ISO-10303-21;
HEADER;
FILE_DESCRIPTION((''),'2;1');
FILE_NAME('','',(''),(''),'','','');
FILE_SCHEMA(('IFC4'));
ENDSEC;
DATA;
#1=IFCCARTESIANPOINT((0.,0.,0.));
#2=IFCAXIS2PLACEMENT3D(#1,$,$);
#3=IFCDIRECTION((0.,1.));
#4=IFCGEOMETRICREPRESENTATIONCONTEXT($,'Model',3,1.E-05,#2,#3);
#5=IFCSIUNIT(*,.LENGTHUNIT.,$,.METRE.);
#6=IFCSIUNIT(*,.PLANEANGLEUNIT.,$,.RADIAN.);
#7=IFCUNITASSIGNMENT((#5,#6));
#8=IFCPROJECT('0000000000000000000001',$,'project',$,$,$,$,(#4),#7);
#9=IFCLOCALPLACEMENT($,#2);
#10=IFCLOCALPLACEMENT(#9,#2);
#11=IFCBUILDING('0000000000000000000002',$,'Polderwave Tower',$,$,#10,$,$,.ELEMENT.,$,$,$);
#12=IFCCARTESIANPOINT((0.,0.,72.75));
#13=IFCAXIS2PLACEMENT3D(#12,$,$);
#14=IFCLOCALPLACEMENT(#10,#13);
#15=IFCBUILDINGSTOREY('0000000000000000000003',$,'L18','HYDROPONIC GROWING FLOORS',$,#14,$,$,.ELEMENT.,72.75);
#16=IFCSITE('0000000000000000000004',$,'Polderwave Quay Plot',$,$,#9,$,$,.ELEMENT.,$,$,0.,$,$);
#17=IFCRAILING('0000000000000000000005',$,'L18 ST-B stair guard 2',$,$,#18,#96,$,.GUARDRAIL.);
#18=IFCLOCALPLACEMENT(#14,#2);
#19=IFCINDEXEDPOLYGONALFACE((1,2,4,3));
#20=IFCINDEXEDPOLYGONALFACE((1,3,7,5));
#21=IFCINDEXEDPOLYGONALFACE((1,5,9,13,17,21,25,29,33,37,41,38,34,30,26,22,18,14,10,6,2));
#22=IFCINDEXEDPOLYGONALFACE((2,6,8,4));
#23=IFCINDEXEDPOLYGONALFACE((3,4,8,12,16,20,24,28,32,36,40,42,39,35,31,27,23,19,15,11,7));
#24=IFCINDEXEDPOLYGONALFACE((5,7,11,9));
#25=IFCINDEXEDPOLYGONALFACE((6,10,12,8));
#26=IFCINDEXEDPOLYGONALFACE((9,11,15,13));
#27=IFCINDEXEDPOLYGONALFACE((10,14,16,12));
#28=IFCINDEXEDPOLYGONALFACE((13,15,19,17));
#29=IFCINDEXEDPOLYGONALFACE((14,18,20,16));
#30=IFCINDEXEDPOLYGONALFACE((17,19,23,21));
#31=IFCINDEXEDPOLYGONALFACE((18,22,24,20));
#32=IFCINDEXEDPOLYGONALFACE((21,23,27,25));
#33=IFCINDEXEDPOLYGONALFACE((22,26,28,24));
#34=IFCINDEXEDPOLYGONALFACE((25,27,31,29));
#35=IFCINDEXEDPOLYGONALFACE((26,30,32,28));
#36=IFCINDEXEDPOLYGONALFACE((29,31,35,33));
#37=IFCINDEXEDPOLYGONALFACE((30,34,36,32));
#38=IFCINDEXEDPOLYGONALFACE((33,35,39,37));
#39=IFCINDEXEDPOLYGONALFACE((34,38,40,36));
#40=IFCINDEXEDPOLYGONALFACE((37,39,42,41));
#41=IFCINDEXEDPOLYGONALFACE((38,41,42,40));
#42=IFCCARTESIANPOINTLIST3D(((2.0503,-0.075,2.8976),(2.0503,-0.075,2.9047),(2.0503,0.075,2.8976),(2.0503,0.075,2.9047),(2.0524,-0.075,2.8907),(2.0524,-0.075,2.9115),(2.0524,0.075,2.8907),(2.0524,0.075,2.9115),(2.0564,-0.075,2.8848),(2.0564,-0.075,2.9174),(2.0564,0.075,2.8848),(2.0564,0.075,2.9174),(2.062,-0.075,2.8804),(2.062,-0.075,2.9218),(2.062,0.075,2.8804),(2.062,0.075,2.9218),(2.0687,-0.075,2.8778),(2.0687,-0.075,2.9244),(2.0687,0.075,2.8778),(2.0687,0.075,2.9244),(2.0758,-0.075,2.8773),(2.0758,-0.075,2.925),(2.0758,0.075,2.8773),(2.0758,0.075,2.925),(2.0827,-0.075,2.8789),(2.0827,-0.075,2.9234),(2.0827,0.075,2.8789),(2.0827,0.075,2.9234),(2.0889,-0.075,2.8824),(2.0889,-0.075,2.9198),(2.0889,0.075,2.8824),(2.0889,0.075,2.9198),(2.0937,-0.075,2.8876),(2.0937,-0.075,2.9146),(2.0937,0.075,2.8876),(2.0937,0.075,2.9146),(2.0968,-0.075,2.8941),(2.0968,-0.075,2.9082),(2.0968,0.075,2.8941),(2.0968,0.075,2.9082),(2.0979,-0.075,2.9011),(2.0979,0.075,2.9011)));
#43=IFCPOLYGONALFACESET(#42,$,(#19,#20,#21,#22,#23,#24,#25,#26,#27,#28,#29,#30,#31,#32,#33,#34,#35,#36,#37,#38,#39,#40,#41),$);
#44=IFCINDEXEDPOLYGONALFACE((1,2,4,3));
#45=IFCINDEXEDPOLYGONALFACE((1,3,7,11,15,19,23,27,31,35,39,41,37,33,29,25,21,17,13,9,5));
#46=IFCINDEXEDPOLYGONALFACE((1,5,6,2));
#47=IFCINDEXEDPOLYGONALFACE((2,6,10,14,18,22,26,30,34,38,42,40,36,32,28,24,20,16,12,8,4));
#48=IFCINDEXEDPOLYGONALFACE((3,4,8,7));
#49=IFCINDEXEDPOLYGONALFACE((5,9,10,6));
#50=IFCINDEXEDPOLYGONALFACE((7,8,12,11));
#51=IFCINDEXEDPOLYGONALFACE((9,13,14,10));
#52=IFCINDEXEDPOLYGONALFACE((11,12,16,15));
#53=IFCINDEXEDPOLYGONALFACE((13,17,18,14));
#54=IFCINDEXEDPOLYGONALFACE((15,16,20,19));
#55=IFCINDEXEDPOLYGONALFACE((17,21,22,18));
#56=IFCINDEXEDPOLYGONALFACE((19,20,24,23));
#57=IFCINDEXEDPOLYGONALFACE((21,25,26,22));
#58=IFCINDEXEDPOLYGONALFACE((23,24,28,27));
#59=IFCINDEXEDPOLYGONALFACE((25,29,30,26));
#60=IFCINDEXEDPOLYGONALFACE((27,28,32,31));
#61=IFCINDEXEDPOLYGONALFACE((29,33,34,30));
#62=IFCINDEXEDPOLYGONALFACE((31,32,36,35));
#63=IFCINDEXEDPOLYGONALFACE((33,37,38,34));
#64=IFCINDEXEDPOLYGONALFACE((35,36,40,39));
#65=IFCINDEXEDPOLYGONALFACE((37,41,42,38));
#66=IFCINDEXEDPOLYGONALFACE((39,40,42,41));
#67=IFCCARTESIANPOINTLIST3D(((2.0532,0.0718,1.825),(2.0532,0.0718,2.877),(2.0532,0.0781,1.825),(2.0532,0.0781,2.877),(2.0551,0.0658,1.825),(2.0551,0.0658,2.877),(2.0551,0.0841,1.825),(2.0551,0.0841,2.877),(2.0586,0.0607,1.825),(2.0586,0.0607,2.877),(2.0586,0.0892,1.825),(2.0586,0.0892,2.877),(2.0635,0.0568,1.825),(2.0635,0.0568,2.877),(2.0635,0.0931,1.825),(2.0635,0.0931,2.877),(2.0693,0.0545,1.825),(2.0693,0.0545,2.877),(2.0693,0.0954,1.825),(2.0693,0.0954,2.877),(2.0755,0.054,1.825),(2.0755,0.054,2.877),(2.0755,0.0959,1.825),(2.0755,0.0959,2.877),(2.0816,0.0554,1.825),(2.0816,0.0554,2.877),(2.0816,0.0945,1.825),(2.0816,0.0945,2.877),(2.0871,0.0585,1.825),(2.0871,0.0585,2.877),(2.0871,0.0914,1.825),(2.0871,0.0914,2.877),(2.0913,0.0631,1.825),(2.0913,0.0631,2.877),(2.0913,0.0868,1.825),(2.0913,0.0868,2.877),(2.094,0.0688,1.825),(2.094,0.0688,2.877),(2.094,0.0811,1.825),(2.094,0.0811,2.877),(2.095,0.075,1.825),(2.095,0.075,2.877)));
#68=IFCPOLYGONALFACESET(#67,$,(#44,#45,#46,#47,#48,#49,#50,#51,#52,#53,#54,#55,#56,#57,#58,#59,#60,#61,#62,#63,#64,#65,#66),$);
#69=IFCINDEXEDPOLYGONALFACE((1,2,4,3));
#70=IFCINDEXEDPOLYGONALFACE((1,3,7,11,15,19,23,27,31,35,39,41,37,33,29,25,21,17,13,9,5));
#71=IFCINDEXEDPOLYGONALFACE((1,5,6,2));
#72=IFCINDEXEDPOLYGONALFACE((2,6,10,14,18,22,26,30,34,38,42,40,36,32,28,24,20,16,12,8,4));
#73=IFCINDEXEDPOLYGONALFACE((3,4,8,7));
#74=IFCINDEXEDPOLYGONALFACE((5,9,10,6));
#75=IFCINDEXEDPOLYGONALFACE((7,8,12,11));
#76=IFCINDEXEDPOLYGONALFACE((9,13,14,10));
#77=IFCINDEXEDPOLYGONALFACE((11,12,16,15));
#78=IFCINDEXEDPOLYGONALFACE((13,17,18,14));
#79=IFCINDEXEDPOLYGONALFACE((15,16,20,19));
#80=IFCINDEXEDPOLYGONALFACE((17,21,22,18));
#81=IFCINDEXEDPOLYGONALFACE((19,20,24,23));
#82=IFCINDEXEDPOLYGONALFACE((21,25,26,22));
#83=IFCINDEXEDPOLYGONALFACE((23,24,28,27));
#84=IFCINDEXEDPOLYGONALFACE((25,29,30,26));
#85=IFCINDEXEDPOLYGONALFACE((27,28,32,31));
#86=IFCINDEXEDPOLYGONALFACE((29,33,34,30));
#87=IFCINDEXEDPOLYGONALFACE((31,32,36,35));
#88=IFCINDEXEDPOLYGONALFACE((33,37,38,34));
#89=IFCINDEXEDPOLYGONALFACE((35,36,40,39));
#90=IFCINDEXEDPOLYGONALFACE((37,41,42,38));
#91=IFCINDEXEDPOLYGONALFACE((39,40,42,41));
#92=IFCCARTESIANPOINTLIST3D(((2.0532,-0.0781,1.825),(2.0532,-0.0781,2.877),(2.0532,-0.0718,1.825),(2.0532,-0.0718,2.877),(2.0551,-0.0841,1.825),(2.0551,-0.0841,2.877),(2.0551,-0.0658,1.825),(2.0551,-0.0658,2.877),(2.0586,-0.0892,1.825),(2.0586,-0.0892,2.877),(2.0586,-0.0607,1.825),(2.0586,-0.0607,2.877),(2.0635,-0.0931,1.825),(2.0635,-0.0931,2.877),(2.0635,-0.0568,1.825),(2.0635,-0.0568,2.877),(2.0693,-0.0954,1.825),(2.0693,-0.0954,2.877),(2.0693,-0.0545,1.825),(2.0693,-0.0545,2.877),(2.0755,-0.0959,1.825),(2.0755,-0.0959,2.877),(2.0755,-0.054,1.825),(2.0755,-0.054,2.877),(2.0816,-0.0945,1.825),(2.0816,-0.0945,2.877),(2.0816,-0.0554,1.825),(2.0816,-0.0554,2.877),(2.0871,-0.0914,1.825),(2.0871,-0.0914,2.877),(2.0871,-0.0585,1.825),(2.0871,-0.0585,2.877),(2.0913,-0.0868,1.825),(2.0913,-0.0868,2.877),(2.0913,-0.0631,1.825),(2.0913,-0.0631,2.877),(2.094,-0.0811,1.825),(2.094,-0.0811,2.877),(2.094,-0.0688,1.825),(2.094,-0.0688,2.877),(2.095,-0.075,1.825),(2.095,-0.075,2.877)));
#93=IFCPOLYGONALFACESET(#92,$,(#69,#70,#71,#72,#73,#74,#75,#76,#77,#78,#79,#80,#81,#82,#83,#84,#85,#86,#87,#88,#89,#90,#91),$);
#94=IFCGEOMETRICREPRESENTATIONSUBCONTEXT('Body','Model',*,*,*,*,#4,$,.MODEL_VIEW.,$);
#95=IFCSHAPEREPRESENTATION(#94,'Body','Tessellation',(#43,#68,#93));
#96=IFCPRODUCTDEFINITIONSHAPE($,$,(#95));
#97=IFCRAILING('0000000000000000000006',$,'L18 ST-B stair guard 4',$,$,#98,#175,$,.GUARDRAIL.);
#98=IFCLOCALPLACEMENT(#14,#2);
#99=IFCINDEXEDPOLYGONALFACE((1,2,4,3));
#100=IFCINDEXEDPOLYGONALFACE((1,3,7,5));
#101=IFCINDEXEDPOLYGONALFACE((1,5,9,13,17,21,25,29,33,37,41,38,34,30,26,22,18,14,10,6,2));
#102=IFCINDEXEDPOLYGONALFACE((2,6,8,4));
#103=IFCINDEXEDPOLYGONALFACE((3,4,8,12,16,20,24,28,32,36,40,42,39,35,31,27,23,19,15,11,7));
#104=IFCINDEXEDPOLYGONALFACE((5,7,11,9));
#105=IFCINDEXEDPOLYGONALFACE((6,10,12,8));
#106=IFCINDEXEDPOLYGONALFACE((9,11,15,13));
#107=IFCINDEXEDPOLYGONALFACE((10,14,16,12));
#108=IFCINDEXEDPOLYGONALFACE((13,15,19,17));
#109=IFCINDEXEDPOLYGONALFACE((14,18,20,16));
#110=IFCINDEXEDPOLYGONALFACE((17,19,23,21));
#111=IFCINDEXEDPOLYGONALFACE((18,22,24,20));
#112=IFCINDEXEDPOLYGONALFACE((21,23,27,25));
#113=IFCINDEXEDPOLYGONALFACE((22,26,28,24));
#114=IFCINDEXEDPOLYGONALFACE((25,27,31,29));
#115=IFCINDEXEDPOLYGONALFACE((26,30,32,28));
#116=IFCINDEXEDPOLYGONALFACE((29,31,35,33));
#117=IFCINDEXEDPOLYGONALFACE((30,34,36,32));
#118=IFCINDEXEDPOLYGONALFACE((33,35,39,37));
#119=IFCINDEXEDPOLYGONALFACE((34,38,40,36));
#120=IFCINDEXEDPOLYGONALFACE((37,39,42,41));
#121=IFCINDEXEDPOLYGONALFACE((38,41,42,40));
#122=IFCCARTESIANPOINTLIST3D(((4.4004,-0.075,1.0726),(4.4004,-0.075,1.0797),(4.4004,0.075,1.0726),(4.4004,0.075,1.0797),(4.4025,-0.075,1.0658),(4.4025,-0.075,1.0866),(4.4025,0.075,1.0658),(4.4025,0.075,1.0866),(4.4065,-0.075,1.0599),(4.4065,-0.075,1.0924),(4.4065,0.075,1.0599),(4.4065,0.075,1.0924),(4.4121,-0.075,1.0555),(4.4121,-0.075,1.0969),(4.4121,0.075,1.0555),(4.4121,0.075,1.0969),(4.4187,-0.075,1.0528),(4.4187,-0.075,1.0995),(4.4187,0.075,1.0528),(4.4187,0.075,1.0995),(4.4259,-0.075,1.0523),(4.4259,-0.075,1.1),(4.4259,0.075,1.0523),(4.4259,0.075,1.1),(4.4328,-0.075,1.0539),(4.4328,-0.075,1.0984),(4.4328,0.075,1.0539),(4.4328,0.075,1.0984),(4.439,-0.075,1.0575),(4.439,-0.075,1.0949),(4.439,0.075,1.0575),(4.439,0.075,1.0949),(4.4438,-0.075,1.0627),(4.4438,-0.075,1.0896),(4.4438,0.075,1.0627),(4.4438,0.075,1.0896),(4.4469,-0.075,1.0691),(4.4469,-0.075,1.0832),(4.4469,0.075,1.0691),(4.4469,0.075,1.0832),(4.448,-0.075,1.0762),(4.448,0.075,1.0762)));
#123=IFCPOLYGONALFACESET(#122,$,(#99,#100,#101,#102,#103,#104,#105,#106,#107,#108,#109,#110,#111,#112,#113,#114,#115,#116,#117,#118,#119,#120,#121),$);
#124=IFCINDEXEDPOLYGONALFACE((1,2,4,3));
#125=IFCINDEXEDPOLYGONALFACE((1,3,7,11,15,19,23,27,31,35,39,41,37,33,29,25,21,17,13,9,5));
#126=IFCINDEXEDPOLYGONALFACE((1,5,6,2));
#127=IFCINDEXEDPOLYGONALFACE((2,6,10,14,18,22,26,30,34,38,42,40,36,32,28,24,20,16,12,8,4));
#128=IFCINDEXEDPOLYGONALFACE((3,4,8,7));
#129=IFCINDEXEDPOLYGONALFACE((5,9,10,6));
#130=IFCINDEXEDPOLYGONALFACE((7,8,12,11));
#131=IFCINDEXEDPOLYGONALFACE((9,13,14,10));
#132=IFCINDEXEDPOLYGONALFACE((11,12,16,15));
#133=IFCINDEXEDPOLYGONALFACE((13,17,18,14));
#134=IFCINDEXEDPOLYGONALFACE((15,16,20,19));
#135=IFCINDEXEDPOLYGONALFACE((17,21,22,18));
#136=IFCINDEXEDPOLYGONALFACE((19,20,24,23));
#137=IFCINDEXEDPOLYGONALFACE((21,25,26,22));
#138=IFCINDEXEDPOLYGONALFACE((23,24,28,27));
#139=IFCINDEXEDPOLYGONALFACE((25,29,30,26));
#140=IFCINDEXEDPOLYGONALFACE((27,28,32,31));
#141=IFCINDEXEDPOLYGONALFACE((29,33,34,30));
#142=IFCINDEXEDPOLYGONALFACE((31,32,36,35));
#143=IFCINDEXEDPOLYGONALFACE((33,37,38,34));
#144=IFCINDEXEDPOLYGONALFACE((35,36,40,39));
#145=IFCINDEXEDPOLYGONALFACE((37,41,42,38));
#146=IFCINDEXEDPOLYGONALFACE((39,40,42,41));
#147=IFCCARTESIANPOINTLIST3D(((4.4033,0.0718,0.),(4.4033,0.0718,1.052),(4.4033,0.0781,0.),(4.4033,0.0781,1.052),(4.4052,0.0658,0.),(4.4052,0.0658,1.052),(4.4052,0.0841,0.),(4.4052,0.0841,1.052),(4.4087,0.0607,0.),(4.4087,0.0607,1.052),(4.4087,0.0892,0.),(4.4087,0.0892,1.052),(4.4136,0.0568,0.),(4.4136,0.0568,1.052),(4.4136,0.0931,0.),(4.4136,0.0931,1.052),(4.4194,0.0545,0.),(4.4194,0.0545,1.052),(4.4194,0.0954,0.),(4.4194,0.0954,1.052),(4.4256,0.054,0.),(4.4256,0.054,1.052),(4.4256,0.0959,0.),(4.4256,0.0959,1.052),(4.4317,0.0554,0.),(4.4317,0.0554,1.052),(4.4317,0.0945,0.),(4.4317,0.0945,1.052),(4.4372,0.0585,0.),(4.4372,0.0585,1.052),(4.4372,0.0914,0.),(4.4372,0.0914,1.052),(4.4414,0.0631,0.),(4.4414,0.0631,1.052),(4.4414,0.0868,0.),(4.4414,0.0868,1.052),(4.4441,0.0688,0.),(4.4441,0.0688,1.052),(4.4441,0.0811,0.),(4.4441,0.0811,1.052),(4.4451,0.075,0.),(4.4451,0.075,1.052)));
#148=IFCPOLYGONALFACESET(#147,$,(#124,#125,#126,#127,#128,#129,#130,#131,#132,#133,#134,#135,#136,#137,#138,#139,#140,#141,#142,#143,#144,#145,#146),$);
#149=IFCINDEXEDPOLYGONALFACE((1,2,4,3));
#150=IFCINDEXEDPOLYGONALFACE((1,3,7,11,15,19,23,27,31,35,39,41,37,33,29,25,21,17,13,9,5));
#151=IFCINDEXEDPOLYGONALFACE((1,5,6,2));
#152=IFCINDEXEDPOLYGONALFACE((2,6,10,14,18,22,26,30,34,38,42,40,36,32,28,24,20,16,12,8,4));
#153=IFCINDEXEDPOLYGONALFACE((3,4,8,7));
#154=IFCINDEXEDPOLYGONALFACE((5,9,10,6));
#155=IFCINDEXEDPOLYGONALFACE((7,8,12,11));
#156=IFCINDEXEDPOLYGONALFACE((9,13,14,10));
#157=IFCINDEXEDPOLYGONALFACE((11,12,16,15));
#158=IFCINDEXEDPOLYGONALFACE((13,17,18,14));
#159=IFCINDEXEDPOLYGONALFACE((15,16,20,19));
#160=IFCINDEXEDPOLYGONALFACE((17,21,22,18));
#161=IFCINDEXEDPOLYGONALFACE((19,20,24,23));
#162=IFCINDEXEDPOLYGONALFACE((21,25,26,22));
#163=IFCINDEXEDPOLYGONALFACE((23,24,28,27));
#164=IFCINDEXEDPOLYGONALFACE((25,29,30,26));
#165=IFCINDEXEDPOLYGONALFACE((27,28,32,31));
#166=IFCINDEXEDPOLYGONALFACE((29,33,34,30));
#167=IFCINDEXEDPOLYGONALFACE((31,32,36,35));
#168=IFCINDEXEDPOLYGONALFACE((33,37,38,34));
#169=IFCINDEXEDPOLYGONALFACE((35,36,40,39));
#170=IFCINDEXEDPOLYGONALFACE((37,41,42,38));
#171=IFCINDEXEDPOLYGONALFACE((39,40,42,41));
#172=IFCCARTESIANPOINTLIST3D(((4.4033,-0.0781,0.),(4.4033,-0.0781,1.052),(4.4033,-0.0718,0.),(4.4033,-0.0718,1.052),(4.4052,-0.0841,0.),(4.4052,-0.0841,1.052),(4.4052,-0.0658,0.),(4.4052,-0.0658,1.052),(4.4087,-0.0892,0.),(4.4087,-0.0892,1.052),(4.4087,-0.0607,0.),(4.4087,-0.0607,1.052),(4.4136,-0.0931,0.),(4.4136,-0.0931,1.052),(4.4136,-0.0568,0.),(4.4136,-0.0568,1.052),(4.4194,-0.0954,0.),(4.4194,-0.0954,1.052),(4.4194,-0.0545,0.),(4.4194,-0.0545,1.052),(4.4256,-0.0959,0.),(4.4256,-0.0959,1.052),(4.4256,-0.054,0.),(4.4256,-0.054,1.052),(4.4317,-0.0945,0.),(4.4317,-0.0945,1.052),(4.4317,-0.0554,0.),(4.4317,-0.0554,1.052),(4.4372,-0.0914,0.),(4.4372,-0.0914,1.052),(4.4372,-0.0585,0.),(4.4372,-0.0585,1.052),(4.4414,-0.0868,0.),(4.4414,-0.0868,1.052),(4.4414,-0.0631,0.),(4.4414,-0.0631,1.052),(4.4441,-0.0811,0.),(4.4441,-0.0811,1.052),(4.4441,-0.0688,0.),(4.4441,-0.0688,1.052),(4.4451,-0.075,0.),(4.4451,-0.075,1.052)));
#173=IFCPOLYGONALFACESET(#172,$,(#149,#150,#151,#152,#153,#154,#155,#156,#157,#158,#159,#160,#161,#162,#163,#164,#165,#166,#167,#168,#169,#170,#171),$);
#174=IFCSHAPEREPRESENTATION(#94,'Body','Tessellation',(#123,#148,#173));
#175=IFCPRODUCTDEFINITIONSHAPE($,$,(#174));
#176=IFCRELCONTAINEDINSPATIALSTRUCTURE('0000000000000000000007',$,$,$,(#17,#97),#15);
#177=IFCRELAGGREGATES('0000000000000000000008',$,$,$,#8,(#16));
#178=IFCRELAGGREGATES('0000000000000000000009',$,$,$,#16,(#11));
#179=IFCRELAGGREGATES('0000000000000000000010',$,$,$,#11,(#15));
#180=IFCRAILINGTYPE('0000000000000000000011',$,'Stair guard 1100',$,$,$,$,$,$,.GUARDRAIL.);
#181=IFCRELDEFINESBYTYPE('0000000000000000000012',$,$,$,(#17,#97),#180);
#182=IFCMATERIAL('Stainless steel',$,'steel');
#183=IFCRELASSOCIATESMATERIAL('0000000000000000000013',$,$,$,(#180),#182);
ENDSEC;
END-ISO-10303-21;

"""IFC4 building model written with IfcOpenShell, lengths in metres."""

from ifc_helpers import new_model, si_unit, direction, frame, origin, origin_2d, place, context, subcontext, project, spatial, circle, extrude, material, type_object, element, save


model = new_model("IFC4")

# Units and contexts
model_context = context("Model", 3, precision=1e-05, world=origin(), true_north=direction((0.0, 1.0)))
body_context = subcontext(model_context, "Body", "Model", "MODEL_VIEW")
ifc_project = project(units=[si_unit("LENGTHUNIT", "METRE"), si_unit("PLANEANGLEUNIT", "RADIAN")], contexts=[model_context])

# Site, building, storey
site_placement = place(None, origin())
site = spatial("IfcSite", under=ifc_project, at=site_placement, Name="Polderwave Quay Plot", CompositionType="ELEMENT", RefElevation=0.0)
building_placement = place(site_placement, origin())
building = spatial("IfcBuilding", under=site, at=building_placement, Name="Polderwave Tower", CompositionType="ELEMENT")
storey_placement = place(building_placement, frame((0.0, 0.0, 72.75)))
storey = spatial("IfcBuildingStorey", under=building, at=storey_placement, Name="L18", Description="HYDROPONIC GROWING FLOORS", CompositionType="ELEMENT", Elevation=72.75)

# Railings
ifc_material_1 = material(Name="Stainless steel", Category="steel")
railing_type_1 = type_object("IfcRailingType", Name="Stair guard 1100", PredefinedType="GUARDRAIL", material=ifc_material_1)
for number, where, name in (
    (1, (2.074, 0.075, 1.825), "L18 ST-B stair guard 2"),
    (2, (4.4241, 0.075, 0.0), "L18 ST-B stair guard 4"),
):
    element("IfcRailing", number, at=place(storey_placement, frame(where)), inside=storey, type_object=railing_type_1, Name=name, PredefinedType="GUARDRAIL", context=body_context, shape_type="SweptSolid", body=[
        extrude(circle(Radius=0.0239, at=origin_2d()), frame((0.0, 0.0, 1.0762), z_axis=(0.0, -1.0, 0.0), x_axis=(1.0, 0.0, 0.0)), (0.0, 0.0, 1.0), 0.1499),
        extrude(circle(Radius=0.021, at=origin_2d()), origin(), (0.0, 0.0, 1.0), 1.052),
        extrude(circle(Radius=0.021, at=origin_2d()), frame((0.0, -0.1499, 0.0)), (0.0, 0.0, 1.0), 1.052),
    ])

save(model, "model.ifc")
